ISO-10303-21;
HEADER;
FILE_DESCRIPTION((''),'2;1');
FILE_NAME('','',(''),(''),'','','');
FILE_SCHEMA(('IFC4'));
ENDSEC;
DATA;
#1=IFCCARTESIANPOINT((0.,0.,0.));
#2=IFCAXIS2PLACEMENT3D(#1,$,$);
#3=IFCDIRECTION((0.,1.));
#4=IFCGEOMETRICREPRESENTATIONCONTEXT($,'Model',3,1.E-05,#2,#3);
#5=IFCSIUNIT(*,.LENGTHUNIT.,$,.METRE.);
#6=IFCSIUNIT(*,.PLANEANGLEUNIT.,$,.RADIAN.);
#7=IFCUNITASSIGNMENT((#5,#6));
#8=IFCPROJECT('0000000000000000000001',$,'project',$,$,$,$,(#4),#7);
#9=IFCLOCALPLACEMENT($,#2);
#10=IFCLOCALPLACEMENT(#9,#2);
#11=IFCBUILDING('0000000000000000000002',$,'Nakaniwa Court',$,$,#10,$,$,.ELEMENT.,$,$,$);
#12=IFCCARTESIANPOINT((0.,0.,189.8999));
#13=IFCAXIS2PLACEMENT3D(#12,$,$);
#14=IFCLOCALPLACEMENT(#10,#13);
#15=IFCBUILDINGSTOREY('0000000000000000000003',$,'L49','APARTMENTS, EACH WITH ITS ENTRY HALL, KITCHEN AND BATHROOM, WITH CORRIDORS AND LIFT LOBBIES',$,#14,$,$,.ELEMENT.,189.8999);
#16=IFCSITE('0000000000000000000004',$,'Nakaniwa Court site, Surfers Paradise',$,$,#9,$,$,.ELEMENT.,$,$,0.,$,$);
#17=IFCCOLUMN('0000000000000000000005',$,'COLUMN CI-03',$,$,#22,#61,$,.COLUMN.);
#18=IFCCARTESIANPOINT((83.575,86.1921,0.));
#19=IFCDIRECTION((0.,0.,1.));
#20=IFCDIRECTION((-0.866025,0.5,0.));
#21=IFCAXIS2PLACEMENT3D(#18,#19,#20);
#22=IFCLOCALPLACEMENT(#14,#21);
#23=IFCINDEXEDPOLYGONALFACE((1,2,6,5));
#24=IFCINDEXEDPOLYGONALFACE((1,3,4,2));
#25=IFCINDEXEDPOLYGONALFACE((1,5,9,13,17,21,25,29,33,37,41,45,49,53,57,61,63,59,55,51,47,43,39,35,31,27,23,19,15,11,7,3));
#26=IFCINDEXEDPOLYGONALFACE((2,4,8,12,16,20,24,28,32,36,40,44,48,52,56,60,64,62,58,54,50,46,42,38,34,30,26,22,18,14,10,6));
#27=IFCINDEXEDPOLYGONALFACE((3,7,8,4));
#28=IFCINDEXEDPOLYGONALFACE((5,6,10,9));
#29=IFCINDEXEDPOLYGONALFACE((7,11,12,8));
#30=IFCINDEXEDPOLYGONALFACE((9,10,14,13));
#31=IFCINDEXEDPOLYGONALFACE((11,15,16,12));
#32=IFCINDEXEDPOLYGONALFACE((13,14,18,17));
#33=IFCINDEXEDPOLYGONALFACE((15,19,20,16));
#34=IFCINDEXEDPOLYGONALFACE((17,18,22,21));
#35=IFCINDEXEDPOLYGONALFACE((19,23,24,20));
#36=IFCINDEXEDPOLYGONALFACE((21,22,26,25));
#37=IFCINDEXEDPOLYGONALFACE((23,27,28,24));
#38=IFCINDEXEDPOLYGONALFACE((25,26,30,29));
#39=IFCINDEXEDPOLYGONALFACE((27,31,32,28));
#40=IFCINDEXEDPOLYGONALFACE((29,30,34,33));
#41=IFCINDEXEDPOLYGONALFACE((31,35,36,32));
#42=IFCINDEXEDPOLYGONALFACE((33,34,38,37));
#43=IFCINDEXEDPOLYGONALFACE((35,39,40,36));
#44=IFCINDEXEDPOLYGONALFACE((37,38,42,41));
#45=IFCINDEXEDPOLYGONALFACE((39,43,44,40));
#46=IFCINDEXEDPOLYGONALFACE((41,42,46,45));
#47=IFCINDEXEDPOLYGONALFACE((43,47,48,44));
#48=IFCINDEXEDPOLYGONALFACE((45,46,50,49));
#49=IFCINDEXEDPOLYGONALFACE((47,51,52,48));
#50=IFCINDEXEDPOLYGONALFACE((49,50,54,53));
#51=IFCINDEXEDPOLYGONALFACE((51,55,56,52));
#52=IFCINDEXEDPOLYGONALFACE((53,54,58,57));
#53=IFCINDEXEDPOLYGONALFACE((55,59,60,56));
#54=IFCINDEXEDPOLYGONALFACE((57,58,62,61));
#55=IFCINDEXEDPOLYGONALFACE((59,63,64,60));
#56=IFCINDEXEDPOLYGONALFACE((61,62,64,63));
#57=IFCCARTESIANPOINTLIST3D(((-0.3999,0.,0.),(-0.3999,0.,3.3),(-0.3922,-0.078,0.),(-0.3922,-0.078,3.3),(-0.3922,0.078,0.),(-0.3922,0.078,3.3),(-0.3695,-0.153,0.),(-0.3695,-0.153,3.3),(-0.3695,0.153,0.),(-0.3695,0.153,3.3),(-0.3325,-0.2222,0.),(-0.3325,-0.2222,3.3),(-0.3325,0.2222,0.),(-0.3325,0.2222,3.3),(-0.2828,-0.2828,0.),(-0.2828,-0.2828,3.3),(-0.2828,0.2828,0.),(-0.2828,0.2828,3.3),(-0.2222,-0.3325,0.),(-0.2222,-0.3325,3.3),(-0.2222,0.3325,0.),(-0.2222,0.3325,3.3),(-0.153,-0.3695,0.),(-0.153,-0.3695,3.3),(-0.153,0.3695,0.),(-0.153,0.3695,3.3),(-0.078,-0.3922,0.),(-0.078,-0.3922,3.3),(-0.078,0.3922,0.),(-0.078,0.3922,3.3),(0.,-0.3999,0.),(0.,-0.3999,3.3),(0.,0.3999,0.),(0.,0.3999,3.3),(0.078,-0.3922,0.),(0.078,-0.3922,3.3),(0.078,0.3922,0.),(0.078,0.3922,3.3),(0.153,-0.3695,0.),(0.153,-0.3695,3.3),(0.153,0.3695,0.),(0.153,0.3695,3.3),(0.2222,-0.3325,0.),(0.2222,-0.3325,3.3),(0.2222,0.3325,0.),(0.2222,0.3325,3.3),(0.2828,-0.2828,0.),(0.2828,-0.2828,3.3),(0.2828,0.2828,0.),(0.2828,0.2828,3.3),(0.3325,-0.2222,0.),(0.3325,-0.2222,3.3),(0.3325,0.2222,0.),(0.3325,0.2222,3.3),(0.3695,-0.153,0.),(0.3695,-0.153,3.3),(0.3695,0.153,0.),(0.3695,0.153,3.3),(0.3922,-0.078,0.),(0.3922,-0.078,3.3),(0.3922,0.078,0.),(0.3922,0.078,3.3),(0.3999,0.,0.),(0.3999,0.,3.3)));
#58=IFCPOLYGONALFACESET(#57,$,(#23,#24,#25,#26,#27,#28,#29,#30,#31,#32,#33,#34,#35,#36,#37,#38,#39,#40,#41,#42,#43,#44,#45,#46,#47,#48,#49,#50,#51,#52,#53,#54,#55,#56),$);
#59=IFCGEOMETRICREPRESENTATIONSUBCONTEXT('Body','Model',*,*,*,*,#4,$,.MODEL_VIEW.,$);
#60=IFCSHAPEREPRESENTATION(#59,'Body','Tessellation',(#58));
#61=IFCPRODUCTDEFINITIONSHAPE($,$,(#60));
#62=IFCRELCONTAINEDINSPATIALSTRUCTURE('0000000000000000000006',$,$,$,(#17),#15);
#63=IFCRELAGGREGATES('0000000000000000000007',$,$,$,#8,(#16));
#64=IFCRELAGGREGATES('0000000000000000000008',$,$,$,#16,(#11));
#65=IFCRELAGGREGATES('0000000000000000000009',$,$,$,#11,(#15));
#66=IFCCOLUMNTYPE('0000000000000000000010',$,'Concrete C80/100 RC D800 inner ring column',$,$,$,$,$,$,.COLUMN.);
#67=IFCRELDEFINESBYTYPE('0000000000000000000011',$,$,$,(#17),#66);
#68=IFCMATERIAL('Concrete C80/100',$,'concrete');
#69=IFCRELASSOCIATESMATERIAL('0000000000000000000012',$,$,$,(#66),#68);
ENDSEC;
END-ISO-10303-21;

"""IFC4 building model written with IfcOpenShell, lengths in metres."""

from ifc_helpers import new_model, si_unit, direction, frame, origin, origin_2d, place, context, subcontext, project, spatial, circle, extrude, material, material_profile, profile_set, type_object, element, save


model = new_model("IFC4")

# Units and contexts
model_context = context("Model", 3, precision=1e-05, world=origin(), true_north=direction((0.0, 1.0)))
body_context = subcontext(model_context, "Body", "Model", "MODEL_VIEW")
ifc_project = project(units=[si_unit("LENGTHUNIT", "METRE"), si_unit("PLANEANGLEUNIT", "RADIAN")], contexts=[model_context])

# Site, building, storey
site_placement = place(None, origin())
site = spatial("IfcSite", under=ifc_project, at=site_placement, Name="Nakaniwa Court site, Surfers Paradise", CompositionType="ELEMENT", RefElevation=0.0)
building_placement = place(site_placement, origin())
building = spatial("IfcBuilding", under=site, at=building_placement, Name="Nakaniwa Court", CompositionType="ELEMENT")
storey_placement = place(building_placement, frame((0.0, 0.0, 189.8999)))
storey = spatial("IfcBuildingStorey", under=building, at=storey_placement, Name="L49", Description="APARTMENTS, EACH WITH ITS ENTRY HALL, KITCHEN AND BATHROOM, WITH CORRIDORS AND LIFT LOBBIES", CompositionType="ELEMENT", Elevation=189.8999)

# Column
ifc_material_1 = material(Name="Concrete C80/100", Category="concrete")
ifc_material_profile_1 = material_profile(ifc_material_1, circle(Radius=0.3999, at=origin_2d()), Name="Concrete C80/100 RC D800 inner ring column")
ifc_profile_set_1 = profile_set([ifc_material_profile_1], Name="Concrete C80/100")
column_type_1 = type_object("IfcColumnType", Name="Concrete C80/100 RC D800 inner ring column", PredefinedType="COLUMN", material=ifc_profile_set_1)
column_1_placement = place(storey_placement, frame((83.575, 86.1921, 0.0), z_axis=(0.0, 0.0, 1.0), x_axis=(-0.866025, 0.5, 0.0)))
element("IfcColumn", 1, at=column_1_placement, inside=storey, type_object=column_type_1, Name="COLUMN CI-03", PredefinedType="COLUMN", context=body_context, shape_type="SweptSolid", body=[
    extrude(circle(Radius=0.3999, at=origin_2d()), origin(), (0.0, 0.0, 1.0), 3.3),
])

save(model, "model.ifc")
